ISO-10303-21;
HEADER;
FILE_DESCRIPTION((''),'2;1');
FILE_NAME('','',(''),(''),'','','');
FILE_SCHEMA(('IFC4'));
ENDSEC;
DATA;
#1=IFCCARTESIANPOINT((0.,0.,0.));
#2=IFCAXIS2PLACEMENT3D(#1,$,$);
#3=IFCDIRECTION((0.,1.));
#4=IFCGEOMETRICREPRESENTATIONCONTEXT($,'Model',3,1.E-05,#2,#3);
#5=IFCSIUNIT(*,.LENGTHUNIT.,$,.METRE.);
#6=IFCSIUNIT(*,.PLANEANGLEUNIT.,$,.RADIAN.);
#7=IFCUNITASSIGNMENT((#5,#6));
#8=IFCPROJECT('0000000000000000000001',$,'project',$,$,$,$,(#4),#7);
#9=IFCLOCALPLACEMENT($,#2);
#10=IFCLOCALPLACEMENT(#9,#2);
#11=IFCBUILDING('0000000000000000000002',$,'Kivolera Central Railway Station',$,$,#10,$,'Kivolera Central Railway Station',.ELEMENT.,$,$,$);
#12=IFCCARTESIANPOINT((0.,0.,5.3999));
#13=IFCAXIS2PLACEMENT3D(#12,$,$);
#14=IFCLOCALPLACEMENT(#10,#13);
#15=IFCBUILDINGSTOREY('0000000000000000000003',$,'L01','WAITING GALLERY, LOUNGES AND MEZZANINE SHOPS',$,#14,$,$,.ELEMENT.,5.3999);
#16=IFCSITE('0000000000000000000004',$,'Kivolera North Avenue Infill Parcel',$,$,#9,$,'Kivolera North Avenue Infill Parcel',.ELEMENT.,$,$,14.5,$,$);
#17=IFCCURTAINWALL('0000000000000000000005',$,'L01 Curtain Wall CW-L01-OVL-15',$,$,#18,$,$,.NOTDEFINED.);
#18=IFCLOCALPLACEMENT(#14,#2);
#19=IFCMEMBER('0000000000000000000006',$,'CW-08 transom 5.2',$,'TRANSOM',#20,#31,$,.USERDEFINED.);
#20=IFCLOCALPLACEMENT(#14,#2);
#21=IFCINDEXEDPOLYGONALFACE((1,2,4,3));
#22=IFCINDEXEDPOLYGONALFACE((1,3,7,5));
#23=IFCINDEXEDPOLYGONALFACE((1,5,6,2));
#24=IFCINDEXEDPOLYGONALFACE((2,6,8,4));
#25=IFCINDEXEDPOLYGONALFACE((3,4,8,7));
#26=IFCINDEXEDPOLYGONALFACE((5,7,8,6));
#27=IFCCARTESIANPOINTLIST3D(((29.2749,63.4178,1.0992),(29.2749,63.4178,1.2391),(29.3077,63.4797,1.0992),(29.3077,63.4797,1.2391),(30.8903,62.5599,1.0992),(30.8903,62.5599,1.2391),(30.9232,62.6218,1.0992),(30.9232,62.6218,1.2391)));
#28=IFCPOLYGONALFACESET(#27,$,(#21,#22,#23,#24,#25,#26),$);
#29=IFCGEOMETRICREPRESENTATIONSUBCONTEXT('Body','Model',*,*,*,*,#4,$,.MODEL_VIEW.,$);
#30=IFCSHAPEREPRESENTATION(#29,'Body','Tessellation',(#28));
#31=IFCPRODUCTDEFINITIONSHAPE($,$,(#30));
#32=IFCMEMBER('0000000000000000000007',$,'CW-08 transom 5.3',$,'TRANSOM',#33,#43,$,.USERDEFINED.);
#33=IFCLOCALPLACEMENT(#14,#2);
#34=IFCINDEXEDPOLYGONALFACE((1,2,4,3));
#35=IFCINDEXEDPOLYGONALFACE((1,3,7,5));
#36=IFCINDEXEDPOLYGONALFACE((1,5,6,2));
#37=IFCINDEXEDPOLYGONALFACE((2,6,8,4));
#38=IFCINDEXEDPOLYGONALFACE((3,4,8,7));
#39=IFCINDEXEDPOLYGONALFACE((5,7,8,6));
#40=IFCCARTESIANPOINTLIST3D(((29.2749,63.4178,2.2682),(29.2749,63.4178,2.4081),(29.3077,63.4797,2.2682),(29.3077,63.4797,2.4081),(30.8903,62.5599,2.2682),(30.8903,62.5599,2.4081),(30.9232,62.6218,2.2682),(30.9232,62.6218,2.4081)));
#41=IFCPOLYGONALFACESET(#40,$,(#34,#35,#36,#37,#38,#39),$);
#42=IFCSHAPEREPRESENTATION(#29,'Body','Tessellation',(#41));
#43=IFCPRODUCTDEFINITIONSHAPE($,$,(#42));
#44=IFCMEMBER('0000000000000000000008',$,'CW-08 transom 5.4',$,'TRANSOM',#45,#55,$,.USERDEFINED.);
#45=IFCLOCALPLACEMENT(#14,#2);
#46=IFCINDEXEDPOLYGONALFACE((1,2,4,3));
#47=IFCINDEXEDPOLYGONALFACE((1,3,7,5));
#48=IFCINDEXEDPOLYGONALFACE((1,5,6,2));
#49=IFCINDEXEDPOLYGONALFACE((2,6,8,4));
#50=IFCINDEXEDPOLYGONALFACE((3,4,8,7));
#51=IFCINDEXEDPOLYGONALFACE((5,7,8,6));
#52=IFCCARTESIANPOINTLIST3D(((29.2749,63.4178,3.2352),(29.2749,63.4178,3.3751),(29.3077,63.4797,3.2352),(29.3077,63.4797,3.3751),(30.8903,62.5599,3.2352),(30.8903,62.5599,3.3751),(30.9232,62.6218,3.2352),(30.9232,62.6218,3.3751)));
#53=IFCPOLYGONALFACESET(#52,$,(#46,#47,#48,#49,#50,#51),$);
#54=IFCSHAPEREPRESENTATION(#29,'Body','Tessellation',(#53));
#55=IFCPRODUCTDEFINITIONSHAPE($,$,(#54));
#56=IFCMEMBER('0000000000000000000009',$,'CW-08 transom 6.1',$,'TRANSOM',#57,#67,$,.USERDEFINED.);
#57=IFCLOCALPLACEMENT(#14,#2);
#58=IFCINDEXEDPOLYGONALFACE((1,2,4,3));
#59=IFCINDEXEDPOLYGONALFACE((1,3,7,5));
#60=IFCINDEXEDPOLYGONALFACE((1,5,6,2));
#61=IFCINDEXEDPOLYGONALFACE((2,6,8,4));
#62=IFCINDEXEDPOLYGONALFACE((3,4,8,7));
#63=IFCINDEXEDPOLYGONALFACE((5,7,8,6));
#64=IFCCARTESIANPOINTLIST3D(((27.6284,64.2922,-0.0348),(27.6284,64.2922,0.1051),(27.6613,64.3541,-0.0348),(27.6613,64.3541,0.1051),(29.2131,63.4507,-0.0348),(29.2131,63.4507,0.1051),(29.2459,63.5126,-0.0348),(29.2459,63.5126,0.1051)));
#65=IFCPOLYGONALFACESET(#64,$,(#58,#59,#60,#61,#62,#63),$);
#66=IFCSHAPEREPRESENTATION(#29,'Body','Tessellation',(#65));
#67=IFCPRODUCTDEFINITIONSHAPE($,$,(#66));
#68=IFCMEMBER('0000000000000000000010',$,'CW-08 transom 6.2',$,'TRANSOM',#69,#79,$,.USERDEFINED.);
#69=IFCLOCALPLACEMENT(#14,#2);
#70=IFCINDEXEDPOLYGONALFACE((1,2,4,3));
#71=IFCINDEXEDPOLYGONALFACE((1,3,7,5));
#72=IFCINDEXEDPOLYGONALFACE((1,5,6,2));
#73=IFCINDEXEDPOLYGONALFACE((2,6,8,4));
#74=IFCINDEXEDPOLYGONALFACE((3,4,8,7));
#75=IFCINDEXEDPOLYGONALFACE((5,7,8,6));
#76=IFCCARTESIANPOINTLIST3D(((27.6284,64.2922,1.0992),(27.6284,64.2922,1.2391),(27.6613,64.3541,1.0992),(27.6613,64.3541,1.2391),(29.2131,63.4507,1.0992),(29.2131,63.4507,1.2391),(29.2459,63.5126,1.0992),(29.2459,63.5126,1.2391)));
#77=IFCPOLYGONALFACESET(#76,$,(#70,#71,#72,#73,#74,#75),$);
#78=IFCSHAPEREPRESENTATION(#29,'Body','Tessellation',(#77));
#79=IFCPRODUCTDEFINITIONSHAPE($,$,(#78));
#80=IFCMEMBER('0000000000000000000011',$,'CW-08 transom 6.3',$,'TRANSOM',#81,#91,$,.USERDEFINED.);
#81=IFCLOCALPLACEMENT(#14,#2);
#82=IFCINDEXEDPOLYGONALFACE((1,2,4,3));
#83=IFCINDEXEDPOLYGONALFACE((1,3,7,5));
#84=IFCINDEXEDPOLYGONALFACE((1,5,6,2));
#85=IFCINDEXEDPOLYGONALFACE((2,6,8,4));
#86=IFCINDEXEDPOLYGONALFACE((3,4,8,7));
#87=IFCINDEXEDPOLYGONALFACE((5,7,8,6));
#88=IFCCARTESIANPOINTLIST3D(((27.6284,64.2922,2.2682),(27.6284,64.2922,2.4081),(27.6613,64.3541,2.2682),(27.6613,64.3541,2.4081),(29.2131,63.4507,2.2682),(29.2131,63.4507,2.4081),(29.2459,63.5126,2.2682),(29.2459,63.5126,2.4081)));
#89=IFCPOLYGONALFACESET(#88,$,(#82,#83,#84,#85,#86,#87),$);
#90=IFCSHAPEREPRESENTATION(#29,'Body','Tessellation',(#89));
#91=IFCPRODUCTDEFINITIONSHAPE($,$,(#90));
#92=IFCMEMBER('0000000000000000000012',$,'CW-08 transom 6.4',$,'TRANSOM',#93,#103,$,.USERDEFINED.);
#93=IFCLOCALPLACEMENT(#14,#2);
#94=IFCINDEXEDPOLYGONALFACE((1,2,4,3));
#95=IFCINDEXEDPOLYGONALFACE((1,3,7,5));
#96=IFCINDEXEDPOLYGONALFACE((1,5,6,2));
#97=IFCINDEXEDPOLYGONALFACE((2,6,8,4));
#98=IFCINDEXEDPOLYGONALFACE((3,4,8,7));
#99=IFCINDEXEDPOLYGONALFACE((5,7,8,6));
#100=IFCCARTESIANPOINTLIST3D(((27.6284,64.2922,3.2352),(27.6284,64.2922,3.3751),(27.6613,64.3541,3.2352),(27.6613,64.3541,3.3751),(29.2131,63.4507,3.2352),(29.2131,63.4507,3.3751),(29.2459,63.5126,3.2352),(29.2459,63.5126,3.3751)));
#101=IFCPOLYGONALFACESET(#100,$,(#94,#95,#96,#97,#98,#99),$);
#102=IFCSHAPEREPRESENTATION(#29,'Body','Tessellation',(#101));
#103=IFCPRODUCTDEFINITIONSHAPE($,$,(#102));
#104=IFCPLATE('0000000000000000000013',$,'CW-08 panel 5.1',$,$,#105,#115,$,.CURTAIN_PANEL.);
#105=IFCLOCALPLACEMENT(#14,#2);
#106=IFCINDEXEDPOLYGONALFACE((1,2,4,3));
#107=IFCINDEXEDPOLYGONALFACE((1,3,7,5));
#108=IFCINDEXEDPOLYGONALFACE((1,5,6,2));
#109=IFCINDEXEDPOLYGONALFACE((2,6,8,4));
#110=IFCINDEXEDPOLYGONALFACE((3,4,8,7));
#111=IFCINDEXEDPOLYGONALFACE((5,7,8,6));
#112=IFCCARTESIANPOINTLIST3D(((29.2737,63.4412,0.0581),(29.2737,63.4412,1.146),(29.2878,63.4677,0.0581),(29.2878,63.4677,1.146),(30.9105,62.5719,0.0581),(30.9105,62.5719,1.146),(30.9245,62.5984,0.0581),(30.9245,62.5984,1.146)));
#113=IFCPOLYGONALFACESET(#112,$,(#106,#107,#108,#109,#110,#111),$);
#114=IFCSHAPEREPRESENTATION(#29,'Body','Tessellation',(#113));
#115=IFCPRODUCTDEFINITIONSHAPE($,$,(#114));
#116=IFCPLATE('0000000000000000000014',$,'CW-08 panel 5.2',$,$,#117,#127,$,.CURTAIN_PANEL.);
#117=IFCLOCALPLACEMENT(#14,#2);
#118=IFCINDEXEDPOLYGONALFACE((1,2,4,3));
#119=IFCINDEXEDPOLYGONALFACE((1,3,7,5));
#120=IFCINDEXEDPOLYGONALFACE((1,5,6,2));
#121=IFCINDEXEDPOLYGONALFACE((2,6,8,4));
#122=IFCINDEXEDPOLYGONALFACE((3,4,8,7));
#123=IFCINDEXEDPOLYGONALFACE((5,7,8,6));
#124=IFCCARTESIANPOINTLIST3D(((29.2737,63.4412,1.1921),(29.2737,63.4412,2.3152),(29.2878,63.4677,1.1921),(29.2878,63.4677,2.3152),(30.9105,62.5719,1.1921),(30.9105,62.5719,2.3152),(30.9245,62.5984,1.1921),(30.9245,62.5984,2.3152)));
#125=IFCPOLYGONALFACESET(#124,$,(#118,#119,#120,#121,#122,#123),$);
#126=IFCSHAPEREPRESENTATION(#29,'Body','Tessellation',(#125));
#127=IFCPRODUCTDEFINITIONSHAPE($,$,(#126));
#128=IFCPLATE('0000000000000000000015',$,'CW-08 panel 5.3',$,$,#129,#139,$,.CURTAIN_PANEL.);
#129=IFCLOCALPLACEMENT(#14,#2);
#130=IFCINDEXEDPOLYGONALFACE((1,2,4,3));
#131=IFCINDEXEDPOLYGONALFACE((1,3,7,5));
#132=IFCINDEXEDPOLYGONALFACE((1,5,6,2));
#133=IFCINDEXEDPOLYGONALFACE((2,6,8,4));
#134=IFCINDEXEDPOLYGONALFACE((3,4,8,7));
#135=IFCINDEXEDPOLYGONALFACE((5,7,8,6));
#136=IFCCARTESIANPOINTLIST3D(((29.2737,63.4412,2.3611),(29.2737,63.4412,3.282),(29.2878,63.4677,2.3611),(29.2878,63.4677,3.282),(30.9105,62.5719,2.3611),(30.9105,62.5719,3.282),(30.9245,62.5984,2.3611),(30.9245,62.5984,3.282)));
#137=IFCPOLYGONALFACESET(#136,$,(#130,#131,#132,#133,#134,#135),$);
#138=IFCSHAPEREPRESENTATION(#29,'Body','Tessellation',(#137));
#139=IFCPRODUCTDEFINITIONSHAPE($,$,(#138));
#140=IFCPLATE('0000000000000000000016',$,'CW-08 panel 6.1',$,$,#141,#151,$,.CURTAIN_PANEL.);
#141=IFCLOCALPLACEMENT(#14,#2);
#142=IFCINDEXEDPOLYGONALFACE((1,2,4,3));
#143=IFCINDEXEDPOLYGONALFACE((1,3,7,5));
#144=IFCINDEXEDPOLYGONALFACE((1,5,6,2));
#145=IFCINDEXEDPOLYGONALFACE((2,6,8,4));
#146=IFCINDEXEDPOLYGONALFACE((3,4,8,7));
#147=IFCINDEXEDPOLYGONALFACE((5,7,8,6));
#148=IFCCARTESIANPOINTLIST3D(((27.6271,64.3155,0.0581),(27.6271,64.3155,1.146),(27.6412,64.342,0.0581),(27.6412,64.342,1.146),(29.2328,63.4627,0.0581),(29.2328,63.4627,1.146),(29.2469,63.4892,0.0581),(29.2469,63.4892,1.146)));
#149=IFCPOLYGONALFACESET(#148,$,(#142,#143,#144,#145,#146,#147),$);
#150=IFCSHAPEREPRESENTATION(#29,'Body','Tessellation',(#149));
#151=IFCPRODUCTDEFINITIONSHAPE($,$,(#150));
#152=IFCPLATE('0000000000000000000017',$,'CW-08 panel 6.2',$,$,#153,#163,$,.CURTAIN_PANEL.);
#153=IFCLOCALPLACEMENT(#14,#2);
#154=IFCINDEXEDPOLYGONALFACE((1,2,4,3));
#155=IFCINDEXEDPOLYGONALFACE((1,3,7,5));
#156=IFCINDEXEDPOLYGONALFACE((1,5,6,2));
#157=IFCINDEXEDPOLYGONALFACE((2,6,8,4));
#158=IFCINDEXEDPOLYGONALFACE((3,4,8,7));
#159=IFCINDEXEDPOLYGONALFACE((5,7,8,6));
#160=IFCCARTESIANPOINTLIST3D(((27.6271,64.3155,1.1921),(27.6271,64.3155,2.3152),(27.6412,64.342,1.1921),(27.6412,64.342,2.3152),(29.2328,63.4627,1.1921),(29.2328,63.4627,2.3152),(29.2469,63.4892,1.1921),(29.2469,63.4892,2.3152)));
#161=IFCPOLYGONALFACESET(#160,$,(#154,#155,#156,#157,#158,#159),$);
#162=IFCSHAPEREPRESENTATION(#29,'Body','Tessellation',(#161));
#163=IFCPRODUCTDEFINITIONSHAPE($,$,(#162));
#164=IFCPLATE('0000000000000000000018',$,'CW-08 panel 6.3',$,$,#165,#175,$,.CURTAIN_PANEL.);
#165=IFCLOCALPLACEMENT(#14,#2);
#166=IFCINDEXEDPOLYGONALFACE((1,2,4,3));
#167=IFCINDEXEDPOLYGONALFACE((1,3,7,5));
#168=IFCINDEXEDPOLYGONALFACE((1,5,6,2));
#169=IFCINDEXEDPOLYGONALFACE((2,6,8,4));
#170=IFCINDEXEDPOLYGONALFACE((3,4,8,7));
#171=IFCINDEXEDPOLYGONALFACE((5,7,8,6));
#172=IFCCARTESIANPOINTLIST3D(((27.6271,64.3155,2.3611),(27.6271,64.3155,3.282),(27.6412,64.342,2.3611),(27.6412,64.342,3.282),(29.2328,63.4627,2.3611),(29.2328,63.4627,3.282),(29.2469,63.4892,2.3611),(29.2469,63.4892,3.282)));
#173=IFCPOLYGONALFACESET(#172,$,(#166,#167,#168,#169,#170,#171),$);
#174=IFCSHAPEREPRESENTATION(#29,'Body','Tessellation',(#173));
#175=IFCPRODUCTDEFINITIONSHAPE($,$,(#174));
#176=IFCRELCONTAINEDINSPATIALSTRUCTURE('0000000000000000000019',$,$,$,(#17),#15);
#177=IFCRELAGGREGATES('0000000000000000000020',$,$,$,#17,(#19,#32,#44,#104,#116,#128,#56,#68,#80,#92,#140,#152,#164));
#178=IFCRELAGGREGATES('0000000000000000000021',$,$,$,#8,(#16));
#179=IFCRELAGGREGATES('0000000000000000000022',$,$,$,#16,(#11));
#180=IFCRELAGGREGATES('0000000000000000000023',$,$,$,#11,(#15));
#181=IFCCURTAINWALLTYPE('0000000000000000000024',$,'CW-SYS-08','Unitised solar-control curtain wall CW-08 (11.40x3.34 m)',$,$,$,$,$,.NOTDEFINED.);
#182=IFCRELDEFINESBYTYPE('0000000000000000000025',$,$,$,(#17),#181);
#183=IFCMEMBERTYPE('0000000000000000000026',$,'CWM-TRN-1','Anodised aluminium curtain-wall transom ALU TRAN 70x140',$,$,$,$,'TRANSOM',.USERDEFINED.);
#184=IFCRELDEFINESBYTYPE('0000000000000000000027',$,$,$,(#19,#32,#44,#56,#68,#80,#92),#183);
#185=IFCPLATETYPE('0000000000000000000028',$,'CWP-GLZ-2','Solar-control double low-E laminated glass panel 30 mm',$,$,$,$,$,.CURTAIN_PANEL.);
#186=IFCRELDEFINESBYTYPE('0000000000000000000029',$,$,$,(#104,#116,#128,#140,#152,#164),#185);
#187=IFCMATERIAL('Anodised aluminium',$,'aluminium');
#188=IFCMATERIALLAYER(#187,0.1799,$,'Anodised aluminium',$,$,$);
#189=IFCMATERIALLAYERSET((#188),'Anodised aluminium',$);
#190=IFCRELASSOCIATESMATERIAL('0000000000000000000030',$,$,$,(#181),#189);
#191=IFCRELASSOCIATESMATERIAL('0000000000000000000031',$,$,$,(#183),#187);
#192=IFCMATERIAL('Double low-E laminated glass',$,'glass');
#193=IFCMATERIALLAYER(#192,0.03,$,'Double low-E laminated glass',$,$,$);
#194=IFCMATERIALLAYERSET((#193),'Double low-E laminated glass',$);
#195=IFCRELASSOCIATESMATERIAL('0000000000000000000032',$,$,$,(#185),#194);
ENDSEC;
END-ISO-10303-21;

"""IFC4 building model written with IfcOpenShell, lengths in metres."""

from ifc_helpers import new_model, si_unit, direction, frame, origin, origin_2d, place, context, subcontext, project, spatial, rectangle, extrude, material, layer, layer_set, material_profile, profile_set, type_object, element, aggregate, save


model = new_model("IFC4")

# Units and contexts
model_context = context("Model", 3, precision=1e-05, world=origin(), true_north=direction((0.0, 1.0)))
body_context = subcontext(model_context, "Body", "Model", "MODEL_VIEW")
ifc_project = project(units=[si_unit("LENGTHUNIT", "METRE"), si_unit("PLANEANGLEUNIT", "RADIAN")], contexts=[model_context])

# Site, building, storey
site_placement = place(None, origin())
site = spatial("IfcSite", under=ifc_project, at=site_placement, Name="Kivolera North Avenue Infill Parcel", LongName="Kivolera North Avenue Infill Parcel", CompositionType="ELEMENT", RefElevation=14.5)
building_placement = place(site_placement, origin())
building = spatial("IfcBuilding", under=site, at=building_placement, Name="Kivolera Central Railway Station", LongName="Kivolera Central Railway Station", CompositionType="ELEMENT")
storey_placement = place(building_placement, frame((0.0, 0.0, 5.3999)))
storey = spatial("IfcBuildingStorey", under=building, at=storey_placement, Name="L01", Description="WAITING GALLERY, LOUNGES AND MEZZANINE SHOPS", CompositionType="ELEMENT", Elevation=5.3999)

# Shared definitions
ifc_material_1 = material(Name="Anodised aluminium", Category="aluminium")

# Curtain wall
ifc_layer_1 = layer(ifc_material_1, 0.1799, Name="Anodised aluminium")
ifc_layer_set_1 = layer_set([ifc_layer_1], Name="Anodised aluminium")
curtain_wall_type_1 = type_object("IfcCurtainWallType", Name="CW-SYS-08", Description="Unitised solar-control curtain wall CW-08 (11.40x3.34 m)", PredefinedType="NOTDEFINED", material=ifc_layer_set_1)
curtain_wall_1_placement = place(storey_placement, origin())
curtain_wall_1 = element("IfcCurtainWall", 1, at=curtain_wall_1_placement, inside=storey, type_object=curtain_wall_type_1, Name="L01 Curtain Wall CW-L01-OVL-15", PredefinedType="NOTDEFINED")

# Members
ifc_material_profile_1 = material_profile(ifc_material_1, rectangle(XDim=0.0701, YDim=0.1399, at=origin_2d()), Name="ALU TRAN 70x140")
ifc_profile_set_1 = profile_set([ifc_material_profile_1], Name="Anodised aluminium")
member_type_1 = type_object("IfcMemberType", Name="CWM-TRN-1", Description="Anodised aluminium curtain-wall transom ALU TRAN 70x140", ElementType="TRANSOM", PredefinedType="USERDEFINED", material=ifc_profile_set_1)
member_1_placement = place(storey_placement, frame((30.9067, 62.5908, 1.1692), z_axis=(-0.883187, 0.469022, 0.0), x_axis=(-0.469022, -0.883187, 0.0)))
member_1 = element("IfcMember", 2, at=member_1_placement, type_object=member_type_1, Name="CW-08 transom 5.2", ObjectType="TRANSOM", PredefinedType="USERDEFINED", context=body_context, shape_type="SweptSolid", body=[
    extrude(rectangle(XDim=0.0701, YDim=0.1399, at=origin_2d()), origin(), (0.0, 0.0, 1.0), 1.8291),
])
member_2_placement = place(storey_placement, frame((30.9067, 62.5908, 2.3381), z_axis=(-0.883187, 0.469022, 0.0), x_axis=(-0.469022, -0.883187, 0.0)))
member_2 = element("IfcMember", 3, at=member_2_placement, type_object=member_type_1, Name="CW-08 transom 5.3", ObjectType="TRANSOM", PredefinedType="USERDEFINED", context=body_context, shape_type="SweptSolid", body=[
    extrude(rectangle(XDim=0.0701, YDim=0.1399, at=origin_2d()), origin(), (0.0, 0.0, 1.0), 1.8291),
])
member_3_placement = place(storey_placement, frame((30.9067, 62.5908, 3.3052), z_axis=(-0.883187, 0.469022, 0.0), x_axis=(-0.469022, -0.883187, 0.0)))
member_3 = element("IfcMember", 4, at=member_3_placement, type_object=member_type_1, Name="CW-08 transom 5.4", ObjectType="TRANSOM", PredefinedType="USERDEFINED", context=body_context, shape_type="SweptSolid", body=[
    extrude(rectangle(XDim=0.0701, YDim=0.1399, at=origin_2d()), origin(), (0.0, 0.0, 1.0), 1.8291),
])
member_4_placement = place(storey_placement, frame((29.2295, 63.4817, 0.0352), z_axis=(-0.883191, 0.469013, 0.0), x_axis=(-0.469013, -0.883191, 0.0)))
member_4 = element("IfcMember", 5, at=member_4_placement, type_object=member_type_1, Name="CW-08 transom 6.1", ObjectType="TRANSOM", PredefinedType="USERDEFINED", context=body_context, shape_type="SweptSolid", body=[
    extrude(rectangle(XDim=0.0701, YDim=0.1399, at=origin_2d()), origin(), (0.0, 0.0, 1.0), 1.7942),
])
member_5_placement = place(storey_placement, frame((29.2295, 63.4817, 1.1692), z_axis=(-0.883191, 0.469013, 0.0), x_axis=(-0.469013, -0.883191, 0.0)))
member_5 = element("IfcMember", 6, at=member_5_placement, type_object=member_type_1, Name="CW-08 transom 6.2", ObjectType="TRANSOM", PredefinedType="USERDEFINED", context=body_context, shape_type="SweptSolid", body=[
    extrude(rectangle(XDim=0.0701, YDim=0.1399, at=origin_2d()), origin(), (0.0, 0.0, 1.0), 1.7942),
])
member_6_placement = place(storey_placement, frame((29.2295, 63.4817, 2.3381), z_axis=(-0.883191, 0.469013, 0.0), x_axis=(-0.469013, -0.883191, 0.0)))
member_6 = element("IfcMember", 7, at=member_6_placement, type_object=member_type_1, Name="CW-08 transom 6.3", ObjectType="TRANSOM", PredefinedType="USERDEFINED", context=body_context, shape_type="SweptSolid", body=[
    extrude(rectangle(XDim=0.0701, YDim=0.1399, at=origin_2d()), origin(), (0.0, 0.0, 1.0), 1.7942),
])
member_7_placement = place(storey_placement, frame((29.2295, 63.4817, 3.3052), z_axis=(-0.883191, 0.469013, 0.0), x_axis=(-0.469013, -0.883191, 0.0)))
member_7 = element("IfcMember", 8, at=member_7_placement, type_object=member_type_1, Name="CW-08 transom 6.4", ObjectType="TRANSOM", PredefinedType="USERDEFINED", context=body_context, shape_type="SweptSolid", body=[
    extrude(rectangle(XDim=0.0701, YDim=0.1399, at=origin_2d()), origin(), (0.0, 0.0, 1.0), 1.7942),
])

# Plates
ifc_material_2 = material(Name="Double low-E laminated glass", Category="glass")
ifc_layer_2 = layer(ifc_material_2, 0.03, Name="Double low-E laminated glass")
ifc_layer_set_2 = layer_set([ifc_layer_2], Name="Double low-E laminated glass")
plate_type = type_object("IfcPlateType", Name="CWP-GLZ-2", Description="Solar-control double low-E laminated glass panel 30 mm", PredefinedType="CURTAIN_PANEL", material=ifc_layer_set_2)
plate_1_placement = place(storey_placement, frame((30.0991, 63.0198, 0.0581), z_axis=(0.0, 0.0, 1.0), x_axis=(-0.88317, 0.469053, 0.0)))
plate_1 = element("IfcPlate", 9, at=plate_1_placement, type_object=plate_type, Name="CW-08 panel 5.1", PredefinedType="CURTAIN_PANEL", context=body_context, shape_type="SweptSolid", body=[
    extrude(rectangle(XDim=1.8533, YDim=0.03, at=origin_2d()), origin(), (0.0, 0.0, 1.0), 1.0879),
])
plate_2_placement = place(storey_placement, frame((30.0991, 63.0198, 1.1921), z_axis=(0.0, 0.0, 1.0), x_axis=(-0.88317, 0.469053, 0.0)))
plate_2 = element("IfcPlate", 10, at=plate_2_placement, type_object=plate_type, Name="CW-08 panel 5.2", PredefinedType="CURTAIN_PANEL", context=body_context, shape_type="SweptSolid", body=[
    extrude(rectangle(XDim=1.8533, YDim=0.03, at=origin_2d()), origin(), (0.0, 0.0, 1.0), 1.123),
])
plate_3_placement = place(storey_placement, frame((30.0991, 63.0198, 2.3611), z_axis=(0.0, 0.0, 1.0), x_axis=(-0.88317, 0.469053, 0.0)))
plate_3 = element("IfcPlate", 11, at=plate_3_placement, type_object=plate_type, Name="CW-08 panel 5.3", PredefinedType="CURTAIN_PANEL", context=body_context, shape_type="SweptSolid", body=[
    extrude(rectangle(XDim=1.8533, YDim=0.03, at=origin_2d()), origin(), (0.0, 0.0, 1.0), 0.9209),
])
plate_4_placement = place(storey_placement, frame((28.437, 63.9023, 0.0581), z_axis=(0.0, 0.0, 1.0), x_axis=(-0.88317, 0.469053, 0.0)))
plate_4 = element("IfcPlate", 12, at=plate_4_placement, type_object=plate_type, Name="CW-08 panel 6.1", PredefinedType="CURTAIN_PANEL", context=body_context, shape_type="SweptSolid", body=[
    extrude(rectangle(XDim=1.8181, YDim=0.03, at=origin_2d()), origin(), (0.0, 0.0, 1.0), 1.0879),
])
plate_5_placement = place(storey_placement, frame((28.437, 63.9023, 1.1921), z_axis=(0.0, 0.0, 1.0), x_axis=(-0.88317, 0.469053, 0.0)))
plate_5 = element("IfcPlate", 13, at=plate_5_placement, type_object=plate_type, Name="CW-08 panel 6.2", PredefinedType="CURTAIN_PANEL", context=body_context, shape_type="SweptSolid", body=[
    extrude(rectangle(XDim=1.8181, YDim=0.03, at=origin_2d()), origin(), (0.0, 0.0, 1.0), 1.123),
])
plate_6_placement = place(storey_placement, frame((28.437, 63.9023, 2.3611), z_axis=(0.0, 0.0, 1.0), x_axis=(-0.88317, 0.469053, 0.0)))
plate_6 = element("IfcPlate", 14, at=plate_6_placement, type_object=plate_type, Name="CW-08 panel 6.3", PredefinedType="CURTAIN_PANEL", context=body_context, shape_type="SweptSolid", body=[
    extrude(rectangle(XDim=1.8181, YDim=0.03, at=origin_2d()), origin(), (0.0, 0.0, 1.0), 0.9209),
])
aggregate(curtain_wall_1, [member_1, member_2, member_3, plate_1, plate_2, plate_3, member_4, member_5, member_6, member_7, plate_4, plate_5, plate_6])

save(model, "model.ifc")
